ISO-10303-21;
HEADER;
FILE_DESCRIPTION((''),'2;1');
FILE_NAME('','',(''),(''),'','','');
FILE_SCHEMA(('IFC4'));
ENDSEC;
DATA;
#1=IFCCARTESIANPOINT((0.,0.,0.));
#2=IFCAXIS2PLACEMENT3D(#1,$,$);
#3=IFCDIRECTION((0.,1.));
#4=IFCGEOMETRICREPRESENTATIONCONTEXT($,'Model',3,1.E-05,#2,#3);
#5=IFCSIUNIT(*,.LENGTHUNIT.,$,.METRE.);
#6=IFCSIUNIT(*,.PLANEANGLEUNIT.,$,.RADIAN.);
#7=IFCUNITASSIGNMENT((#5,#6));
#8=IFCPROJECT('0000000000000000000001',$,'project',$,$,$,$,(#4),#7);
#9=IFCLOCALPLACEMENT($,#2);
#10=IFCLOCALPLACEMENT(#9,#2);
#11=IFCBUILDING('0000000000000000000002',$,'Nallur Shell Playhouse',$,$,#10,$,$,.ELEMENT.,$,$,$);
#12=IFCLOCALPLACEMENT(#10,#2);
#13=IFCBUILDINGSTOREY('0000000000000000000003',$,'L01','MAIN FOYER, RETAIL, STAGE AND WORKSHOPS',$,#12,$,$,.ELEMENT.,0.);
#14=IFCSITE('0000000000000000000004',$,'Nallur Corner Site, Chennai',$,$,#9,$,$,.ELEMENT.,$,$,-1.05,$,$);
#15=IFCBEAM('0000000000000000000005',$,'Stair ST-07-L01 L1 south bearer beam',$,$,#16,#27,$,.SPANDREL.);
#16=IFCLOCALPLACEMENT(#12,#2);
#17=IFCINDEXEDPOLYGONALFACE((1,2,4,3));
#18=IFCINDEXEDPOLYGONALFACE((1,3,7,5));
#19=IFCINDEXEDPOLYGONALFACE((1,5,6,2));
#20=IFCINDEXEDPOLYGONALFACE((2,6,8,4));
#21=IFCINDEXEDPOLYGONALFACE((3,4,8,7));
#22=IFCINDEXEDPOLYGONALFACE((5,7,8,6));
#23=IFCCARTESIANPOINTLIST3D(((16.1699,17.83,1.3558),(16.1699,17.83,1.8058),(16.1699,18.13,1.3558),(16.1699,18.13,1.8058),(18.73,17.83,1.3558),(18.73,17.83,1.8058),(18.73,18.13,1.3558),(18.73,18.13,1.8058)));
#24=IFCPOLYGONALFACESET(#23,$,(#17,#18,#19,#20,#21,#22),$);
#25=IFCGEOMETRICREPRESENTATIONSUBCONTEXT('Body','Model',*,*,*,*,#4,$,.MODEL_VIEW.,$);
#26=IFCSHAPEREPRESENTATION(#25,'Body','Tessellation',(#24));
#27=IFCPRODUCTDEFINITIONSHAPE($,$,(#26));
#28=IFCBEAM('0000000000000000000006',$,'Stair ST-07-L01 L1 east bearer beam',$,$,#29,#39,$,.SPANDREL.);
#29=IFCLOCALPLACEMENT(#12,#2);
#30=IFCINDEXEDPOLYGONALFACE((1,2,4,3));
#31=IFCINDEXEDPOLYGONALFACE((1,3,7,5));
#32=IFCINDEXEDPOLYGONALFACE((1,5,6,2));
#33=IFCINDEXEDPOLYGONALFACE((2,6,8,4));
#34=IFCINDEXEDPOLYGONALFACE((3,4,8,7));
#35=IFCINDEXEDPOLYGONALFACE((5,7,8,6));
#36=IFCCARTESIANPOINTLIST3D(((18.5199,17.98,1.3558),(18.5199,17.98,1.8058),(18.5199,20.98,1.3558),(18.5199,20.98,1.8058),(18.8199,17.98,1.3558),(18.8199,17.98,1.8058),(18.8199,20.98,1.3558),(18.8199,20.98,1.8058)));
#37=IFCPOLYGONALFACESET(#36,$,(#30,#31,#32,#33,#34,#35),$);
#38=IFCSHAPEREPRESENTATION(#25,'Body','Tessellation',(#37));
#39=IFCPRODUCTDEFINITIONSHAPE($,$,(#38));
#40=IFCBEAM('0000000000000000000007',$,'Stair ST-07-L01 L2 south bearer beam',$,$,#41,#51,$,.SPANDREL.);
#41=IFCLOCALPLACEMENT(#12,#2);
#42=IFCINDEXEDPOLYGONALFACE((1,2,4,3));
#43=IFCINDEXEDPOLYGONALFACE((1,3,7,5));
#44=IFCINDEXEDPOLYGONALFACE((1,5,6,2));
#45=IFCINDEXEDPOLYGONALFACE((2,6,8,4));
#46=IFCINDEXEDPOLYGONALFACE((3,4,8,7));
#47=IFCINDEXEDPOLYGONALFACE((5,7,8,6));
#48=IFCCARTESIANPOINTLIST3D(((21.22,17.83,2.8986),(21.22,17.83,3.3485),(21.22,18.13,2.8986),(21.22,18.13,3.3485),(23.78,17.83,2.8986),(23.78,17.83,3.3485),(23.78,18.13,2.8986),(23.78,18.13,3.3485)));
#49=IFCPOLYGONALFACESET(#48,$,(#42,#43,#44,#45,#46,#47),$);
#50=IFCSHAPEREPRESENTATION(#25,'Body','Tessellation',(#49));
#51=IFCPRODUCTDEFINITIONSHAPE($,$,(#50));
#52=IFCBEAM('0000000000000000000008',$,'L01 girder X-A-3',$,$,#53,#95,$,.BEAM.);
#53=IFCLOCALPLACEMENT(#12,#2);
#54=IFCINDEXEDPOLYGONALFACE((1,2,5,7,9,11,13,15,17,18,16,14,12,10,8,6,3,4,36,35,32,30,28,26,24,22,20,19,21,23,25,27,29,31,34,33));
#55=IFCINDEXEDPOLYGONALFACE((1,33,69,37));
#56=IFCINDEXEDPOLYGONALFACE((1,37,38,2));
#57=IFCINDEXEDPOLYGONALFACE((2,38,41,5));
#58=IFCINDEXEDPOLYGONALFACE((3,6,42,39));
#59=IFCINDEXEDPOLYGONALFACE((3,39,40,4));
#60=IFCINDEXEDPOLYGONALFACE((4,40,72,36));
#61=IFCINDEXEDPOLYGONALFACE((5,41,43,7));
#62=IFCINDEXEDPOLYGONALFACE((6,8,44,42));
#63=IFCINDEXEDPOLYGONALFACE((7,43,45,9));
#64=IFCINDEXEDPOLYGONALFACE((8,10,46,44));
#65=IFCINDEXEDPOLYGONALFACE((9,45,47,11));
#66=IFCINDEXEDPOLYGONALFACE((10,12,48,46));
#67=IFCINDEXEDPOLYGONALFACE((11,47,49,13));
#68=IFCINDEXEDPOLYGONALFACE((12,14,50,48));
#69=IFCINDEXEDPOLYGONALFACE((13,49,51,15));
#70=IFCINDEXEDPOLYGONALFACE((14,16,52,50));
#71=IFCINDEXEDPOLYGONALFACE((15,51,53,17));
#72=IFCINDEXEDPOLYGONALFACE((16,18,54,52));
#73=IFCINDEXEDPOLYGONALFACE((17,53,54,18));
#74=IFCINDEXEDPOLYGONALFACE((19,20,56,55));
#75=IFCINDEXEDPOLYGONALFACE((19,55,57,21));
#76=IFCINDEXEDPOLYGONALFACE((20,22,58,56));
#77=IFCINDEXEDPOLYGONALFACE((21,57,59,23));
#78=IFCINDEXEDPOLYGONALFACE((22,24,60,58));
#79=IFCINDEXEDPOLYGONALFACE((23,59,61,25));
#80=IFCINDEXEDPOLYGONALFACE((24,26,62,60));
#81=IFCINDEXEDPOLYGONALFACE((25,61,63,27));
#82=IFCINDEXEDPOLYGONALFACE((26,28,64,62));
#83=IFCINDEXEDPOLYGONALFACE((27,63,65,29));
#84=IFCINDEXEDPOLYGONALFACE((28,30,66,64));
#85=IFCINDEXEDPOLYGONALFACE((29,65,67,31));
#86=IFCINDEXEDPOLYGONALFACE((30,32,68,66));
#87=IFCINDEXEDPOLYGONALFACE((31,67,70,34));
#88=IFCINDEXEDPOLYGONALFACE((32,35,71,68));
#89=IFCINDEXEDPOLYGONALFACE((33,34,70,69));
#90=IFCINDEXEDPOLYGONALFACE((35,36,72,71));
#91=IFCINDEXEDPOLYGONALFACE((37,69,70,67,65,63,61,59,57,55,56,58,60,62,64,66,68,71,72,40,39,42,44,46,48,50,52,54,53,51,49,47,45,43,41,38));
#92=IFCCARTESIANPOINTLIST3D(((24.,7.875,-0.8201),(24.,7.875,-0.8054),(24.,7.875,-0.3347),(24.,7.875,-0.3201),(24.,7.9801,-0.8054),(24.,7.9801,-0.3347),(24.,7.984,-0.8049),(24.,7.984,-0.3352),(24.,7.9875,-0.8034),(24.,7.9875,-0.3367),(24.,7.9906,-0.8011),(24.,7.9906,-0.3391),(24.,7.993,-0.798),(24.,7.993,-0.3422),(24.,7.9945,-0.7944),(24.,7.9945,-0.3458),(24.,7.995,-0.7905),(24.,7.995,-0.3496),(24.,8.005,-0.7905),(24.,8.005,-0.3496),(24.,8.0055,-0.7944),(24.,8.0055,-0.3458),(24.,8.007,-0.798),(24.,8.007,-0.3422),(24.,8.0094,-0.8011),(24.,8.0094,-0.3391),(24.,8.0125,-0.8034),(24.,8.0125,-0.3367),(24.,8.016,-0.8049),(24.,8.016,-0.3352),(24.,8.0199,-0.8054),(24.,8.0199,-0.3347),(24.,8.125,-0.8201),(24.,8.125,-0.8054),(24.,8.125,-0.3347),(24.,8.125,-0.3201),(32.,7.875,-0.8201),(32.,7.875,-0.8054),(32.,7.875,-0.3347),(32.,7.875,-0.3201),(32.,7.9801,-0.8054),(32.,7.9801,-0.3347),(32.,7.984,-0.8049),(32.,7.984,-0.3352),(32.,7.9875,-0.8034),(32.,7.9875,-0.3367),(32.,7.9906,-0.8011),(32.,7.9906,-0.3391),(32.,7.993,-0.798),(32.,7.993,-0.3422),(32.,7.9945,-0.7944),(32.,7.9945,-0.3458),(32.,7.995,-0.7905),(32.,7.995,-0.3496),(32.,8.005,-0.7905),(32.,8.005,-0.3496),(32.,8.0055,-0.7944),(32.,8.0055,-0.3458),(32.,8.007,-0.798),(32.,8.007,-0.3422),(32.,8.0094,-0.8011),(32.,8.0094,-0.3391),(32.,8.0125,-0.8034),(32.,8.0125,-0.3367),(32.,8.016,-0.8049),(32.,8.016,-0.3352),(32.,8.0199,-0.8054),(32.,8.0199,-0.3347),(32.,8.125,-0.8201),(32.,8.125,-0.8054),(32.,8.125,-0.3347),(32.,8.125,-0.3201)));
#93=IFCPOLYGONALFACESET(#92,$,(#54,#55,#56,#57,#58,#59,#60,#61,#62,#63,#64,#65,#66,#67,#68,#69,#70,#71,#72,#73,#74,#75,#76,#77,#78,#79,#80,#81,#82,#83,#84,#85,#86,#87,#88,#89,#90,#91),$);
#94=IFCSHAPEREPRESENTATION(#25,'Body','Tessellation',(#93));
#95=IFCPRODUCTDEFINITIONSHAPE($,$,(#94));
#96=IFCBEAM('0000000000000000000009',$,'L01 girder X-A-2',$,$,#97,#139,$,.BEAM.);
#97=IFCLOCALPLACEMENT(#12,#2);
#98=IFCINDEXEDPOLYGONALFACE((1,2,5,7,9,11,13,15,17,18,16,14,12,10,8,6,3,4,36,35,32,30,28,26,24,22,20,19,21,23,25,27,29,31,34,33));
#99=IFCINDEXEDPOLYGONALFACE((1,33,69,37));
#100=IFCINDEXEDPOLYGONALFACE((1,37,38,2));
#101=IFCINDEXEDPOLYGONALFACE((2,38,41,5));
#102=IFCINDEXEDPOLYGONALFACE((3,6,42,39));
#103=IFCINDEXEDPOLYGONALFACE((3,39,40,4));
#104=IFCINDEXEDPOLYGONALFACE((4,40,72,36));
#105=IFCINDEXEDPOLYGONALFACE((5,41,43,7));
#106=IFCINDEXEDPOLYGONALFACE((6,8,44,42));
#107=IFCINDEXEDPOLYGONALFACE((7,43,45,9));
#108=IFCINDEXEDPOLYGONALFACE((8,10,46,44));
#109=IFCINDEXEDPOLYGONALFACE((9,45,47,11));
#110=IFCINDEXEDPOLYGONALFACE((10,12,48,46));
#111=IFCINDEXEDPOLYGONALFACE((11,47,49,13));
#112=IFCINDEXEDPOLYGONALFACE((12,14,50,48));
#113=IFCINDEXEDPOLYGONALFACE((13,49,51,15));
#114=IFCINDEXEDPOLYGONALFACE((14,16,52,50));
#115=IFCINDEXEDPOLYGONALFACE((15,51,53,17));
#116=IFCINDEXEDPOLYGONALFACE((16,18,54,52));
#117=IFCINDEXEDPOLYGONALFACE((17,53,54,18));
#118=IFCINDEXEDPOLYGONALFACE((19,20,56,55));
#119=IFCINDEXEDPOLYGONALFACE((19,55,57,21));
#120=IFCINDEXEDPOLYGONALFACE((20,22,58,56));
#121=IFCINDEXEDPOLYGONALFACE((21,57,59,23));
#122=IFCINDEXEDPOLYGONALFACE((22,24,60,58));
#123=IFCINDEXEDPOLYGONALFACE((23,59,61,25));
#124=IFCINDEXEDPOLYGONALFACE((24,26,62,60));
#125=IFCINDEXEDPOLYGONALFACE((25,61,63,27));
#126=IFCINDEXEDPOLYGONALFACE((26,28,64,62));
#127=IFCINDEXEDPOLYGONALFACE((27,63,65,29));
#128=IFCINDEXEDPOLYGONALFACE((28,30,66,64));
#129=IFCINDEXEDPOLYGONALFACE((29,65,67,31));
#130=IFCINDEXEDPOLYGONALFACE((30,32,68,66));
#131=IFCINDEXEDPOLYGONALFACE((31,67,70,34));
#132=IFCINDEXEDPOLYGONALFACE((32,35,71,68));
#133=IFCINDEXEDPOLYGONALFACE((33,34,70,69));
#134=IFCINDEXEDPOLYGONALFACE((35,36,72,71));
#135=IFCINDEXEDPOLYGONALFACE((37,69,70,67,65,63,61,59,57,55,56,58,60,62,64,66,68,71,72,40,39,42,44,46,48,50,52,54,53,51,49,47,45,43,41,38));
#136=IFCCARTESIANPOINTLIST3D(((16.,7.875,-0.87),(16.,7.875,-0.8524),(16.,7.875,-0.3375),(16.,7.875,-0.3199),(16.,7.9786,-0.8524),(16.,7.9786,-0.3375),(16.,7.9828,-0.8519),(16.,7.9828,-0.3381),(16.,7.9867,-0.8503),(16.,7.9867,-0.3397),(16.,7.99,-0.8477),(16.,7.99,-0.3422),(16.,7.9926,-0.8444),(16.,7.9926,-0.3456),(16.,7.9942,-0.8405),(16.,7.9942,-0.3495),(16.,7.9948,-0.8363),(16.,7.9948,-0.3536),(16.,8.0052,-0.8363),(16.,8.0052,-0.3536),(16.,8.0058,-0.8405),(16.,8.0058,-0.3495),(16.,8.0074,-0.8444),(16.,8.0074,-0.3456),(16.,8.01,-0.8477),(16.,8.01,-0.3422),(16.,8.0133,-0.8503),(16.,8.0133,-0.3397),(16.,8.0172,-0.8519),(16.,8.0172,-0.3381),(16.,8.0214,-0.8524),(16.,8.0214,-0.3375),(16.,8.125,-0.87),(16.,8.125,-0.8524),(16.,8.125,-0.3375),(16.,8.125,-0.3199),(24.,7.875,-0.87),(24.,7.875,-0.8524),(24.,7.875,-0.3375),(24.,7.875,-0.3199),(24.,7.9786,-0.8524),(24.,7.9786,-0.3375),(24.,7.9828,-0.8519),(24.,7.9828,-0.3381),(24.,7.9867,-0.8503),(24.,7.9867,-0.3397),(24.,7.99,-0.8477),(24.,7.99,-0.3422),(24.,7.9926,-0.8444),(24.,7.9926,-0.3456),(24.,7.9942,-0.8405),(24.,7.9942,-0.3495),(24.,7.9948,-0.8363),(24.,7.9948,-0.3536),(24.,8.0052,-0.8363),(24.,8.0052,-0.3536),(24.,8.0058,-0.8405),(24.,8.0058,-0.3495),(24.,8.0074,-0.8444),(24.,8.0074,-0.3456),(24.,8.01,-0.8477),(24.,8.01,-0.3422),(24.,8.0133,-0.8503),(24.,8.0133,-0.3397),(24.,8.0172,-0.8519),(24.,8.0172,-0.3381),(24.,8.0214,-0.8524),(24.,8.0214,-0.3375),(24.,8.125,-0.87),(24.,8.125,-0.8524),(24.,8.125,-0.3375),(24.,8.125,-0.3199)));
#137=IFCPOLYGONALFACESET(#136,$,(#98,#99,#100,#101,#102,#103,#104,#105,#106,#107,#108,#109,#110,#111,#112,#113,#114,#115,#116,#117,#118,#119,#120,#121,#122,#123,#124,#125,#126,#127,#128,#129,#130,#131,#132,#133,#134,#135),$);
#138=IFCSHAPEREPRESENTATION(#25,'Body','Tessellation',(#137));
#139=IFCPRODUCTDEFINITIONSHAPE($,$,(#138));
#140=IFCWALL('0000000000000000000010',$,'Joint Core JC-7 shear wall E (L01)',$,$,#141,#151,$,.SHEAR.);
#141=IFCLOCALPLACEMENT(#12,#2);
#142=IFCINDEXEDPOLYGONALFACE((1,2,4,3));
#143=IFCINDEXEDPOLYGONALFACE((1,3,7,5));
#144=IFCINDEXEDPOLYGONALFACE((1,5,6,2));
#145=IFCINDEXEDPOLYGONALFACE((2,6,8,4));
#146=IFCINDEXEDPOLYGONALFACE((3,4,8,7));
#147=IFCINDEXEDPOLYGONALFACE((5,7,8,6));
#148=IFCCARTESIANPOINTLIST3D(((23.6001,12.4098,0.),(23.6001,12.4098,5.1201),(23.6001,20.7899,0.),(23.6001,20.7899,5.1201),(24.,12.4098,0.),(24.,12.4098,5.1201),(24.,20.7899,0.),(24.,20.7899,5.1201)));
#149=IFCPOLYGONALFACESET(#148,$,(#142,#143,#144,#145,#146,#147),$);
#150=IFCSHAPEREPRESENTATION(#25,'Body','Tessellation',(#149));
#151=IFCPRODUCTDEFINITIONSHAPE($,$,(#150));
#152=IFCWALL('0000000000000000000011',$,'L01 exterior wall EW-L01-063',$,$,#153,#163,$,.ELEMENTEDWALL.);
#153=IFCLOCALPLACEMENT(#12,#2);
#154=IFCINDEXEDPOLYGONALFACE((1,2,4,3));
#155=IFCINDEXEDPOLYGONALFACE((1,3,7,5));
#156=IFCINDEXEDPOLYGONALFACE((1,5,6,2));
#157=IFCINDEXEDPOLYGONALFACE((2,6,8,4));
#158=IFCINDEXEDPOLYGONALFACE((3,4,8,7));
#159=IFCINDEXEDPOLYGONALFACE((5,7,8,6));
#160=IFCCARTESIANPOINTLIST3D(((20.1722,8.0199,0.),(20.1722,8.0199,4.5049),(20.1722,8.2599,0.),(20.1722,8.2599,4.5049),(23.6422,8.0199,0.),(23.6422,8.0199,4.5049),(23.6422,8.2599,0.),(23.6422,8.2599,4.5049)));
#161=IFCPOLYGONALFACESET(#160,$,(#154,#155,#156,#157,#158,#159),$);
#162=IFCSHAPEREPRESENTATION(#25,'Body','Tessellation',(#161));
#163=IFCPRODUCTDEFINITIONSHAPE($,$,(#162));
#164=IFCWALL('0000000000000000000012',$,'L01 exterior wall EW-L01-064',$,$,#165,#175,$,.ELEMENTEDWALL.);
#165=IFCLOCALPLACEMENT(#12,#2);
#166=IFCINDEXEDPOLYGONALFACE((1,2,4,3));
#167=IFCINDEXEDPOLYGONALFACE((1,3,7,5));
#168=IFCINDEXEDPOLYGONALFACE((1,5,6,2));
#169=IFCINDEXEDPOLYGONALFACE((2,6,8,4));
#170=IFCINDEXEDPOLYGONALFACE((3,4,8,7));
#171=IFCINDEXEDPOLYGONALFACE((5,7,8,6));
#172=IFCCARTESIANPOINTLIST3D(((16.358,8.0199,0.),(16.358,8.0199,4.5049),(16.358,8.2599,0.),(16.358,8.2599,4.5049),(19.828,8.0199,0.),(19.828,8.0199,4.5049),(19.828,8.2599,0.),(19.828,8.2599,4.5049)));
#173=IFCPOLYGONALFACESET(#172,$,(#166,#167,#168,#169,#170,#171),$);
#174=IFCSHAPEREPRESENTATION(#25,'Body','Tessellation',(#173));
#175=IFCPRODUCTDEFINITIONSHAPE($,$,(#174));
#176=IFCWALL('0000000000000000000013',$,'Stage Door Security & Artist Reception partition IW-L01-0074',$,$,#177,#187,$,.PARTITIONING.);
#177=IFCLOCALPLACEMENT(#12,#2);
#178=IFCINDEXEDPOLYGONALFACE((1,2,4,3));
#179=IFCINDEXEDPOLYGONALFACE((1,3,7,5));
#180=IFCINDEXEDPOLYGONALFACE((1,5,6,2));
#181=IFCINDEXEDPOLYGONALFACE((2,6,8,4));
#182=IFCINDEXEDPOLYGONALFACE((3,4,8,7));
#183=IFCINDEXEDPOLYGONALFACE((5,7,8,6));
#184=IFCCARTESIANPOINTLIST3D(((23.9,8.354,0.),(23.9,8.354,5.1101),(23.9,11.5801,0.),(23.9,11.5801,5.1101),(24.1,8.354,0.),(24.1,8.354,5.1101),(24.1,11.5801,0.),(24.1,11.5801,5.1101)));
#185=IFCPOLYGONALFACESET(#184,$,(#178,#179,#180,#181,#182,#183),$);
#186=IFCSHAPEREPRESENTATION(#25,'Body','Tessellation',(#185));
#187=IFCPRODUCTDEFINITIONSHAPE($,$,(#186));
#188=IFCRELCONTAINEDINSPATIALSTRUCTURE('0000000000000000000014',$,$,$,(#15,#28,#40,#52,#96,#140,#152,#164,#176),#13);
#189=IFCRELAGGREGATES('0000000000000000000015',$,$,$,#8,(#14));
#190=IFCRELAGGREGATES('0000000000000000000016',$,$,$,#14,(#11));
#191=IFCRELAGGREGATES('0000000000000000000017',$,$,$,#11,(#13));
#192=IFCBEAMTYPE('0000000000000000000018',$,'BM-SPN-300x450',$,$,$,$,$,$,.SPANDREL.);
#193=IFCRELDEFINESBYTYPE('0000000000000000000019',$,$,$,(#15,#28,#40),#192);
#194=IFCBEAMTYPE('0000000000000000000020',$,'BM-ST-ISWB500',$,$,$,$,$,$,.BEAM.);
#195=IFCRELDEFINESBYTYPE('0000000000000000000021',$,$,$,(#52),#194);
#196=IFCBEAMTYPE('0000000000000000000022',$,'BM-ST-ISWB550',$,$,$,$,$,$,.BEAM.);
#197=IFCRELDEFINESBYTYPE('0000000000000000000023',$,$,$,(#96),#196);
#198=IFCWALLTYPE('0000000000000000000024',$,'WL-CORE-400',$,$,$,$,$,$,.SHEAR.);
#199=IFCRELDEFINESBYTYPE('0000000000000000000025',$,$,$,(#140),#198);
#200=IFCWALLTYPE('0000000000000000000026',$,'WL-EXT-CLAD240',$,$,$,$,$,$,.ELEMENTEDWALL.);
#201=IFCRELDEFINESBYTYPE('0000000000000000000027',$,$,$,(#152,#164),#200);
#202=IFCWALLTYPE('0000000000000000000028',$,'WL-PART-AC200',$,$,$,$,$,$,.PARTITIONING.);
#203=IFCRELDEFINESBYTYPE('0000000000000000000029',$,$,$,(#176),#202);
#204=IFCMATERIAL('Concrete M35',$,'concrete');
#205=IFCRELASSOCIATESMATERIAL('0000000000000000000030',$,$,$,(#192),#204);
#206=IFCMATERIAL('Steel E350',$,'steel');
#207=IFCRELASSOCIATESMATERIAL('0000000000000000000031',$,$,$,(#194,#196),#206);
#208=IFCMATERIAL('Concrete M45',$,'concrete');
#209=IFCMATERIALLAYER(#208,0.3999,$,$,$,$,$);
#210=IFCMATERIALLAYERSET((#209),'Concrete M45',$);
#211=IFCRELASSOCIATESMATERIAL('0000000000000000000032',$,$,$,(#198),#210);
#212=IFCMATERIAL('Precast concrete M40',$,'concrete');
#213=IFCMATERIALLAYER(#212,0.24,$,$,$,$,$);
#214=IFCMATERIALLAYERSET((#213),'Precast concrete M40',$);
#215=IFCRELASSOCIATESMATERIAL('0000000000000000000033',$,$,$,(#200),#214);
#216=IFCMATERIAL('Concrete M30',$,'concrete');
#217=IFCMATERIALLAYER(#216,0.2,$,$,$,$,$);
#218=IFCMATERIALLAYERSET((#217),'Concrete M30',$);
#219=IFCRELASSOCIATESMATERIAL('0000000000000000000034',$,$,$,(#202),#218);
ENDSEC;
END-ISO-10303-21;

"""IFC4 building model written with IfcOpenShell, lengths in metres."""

from ifc_helpers import new_model, si_unit, direction, frame, frame_2d, origin, origin_2d, place, context, subcontext, project, spatial, rectangle, i_section, extrude, material, layer, layer_set, material_profile, profile_set, type_object, element, save


model = new_model("IFC4")

# Units and contexts
model_context = context("Model", 3, precision=1e-05, world=origin(), true_north=direction((0.0, 1.0)))
body_context = subcontext(model_context, "Body", "Model", "MODEL_VIEW")
ifc_project = project(units=[si_unit("LENGTHUNIT", "METRE"), si_unit("PLANEANGLEUNIT", "RADIAN")], contexts=[model_context])

# Site, building, storey
site_placement = place(None, origin())
site = spatial("IfcSite", under=ifc_project, at=site_placement, Name="Nallur Corner Site, Chennai", CompositionType="ELEMENT", RefElevation=-1.05)
building_placement = place(site_placement, origin())
building = spatial("IfcBuilding", under=site, at=building_placement, Name="Nallur Shell Playhouse", CompositionType="ELEMENT")
storey_placement = place(building_placement, origin())
storey = spatial("IfcBuildingStorey", under=building, at=storey_placement, Name="L01", Description="MAIN FOYER, RETAIL, STAGE AND WORKSHOPS", CompositionType="ELEMENT", Elevation=0.0)

# Shared definitions
ifc_material_1 = material(Name="Concrete M35", Category="concrete")
ifc_material_2 = material(Name="Steel E350", Category="steel")

# Beams
ifc_material_profile_1 = material_profile(ifc_material_1, rectangle(XDim=0.3, YDim=0.45, at=origin_2d()), Name="RC 300x450")
ifc_profile_set_1 = profile_set([ifc_material_profile_1], Name="Concrete M35")
beam_type_1 = type_object("IfcBeamType", Name="BM-SPN-300x450", PredefinedType="SPANDREL", material=ifc_profile_set_1)
beam_1_placement = place(storey_placement, frame((16.1699, 17.98, 1.5808), z_axis=(1.0, 0.0, 0.0), x_axis=(0.0, 1.0, 0.0)))
element("IfcBeam", 1, at=beam_1_placement, inside=storey, type_object=beam_type_1, Name="Stair ST-07-L01 L1 south bearer beam", PredefinedType="SPANDREL", context=body_context, shape_type="SweptSolid", body=[
    extrude(rectangle(XDim=0.3, YDim=0.45, at=origin_2d()), origin(), (0.0, 0.0, 1.0), 2.5601),
])
beam_2_placement = place(storey_placement, frame((18.6699, 17.98, 1.5808), z_axis=(0.0, 1.0, 0.0), x_axis=(-1.0, 0.0, 0.0)))
element("IfcBeam", 2, at=beam_2_placement, inside=storey, type_object=beam_type_1, Name="Stair ST-07-L01 L1 east bearer beam", PredefinedType="SPANDREL", context=body_context, shape_type="SweptSolid", body=[
    extrude(rectangle(XDim=0.3, YDim=0.45, at=origin_2d()), origin(), (0.0, 0.0, 1.0), 3.0),
])
beam_3_placement = place(storey_placement, frame((21.22, 17.98, 3.1235), z_axis=(1.0, 0.0, 0.0), x_axis=(0.0, 1.0, 0.0)))
element("IfcBeam", 3, at=beam_3_placement, inside=storey, type_object=beam_type_1, Name="Stair ST-07-L01 L2 south bearer beam", PredefinedType="SPANDREL", context=body_context, shape_type="SweptSolid", body=[
    extrude(rectangle(XDim=0.3, YDim=0.45, at=origin_2d()), origin(), (0.0, 0.0, 1.0), 2.5601),
])
ifc_material_profile_2 = material_profile(ifc_material_2, i_section(OverallWidth=0.25, OverallDepth=0.5, WebThickness=0.01, FlangeThickness=0.0146, FilletRadius=0.0149, at=origin_2d()), Name="ISWB 500")
ifc_profile_set_2 = profile_set([ifc_material_profile_2], Name="Steel E350")
beam_type_2 = type_object("IfcBeamType", Name="BM-ST-ISWB500", PredefinedType="BEAM", material=ifc_profile_set_2)
beam_4_placement = place(storey_placement, frame((24.0, 8.0, -0.5701), z_axis=(1.0, 0.0, 0.0), x_axis=(0.0, 1.0, 0.0)))
element("IfcBeam", 4, at=beam_4_placement, inside=storey, type_object=beam_type_2, Name="L01 girder X-A-3", PredefinedType="BEAM", context=body_context, shape_type="SweptSolid", body=[
    extrude(i_section(OverallWidth=0.25, OverallDepth=0.5, WebThickness=0.01, FlangeThickness=0.0146, FilletRadius=0.0149, at=origin_2d()), origin(), (0.0, 0.0, 1.0), 8.0),
])
ifc_material_profile_3 = material_profile(ifc_material_2, i_section(OverallWidth=0.25, OverallDepth=0.55, WebThickness=0.0105, FlangeThickness=0.0176, FilletRadius=0.0161, at=origin_2d()), Name="ISWB 550")
ifc_profile_set_3 = profile_set([ifc_material_profile_3], Name="Steel E350")
beam_type_3 = type_object("IfcBeamType", Name="BM-ST-ISWB550", PredefinedType="BEAM", material=ifc_profile_set_3)
beam_5_placement = place(storey_placement, frame((16.0, 8.0, -0.595), z_axis=(1.0, 0.0, 0.0), x_axis=(0.0, 1.0, 0.0)))
element("IfcBeam", 5, at=beam_5_placement, inside=storey, type_object=beam_type_3, Name="L01 girder X-A-2", PredefinedType="BEAM", context=body_context, shape_type="SweptSolid", body=[
    extrude(i_section(OverallWidth=0.25, OverallDepth=0.55, WebThickness=0.0105, FlangeThickness=0.0176, FilletRadius=0.0161, at=origin_2d()), origin(), (0.0, 0.0, 1.0), 8.0),
])

# Shared definitions
ifc_material_3 = material(Name="Concrete M45", Category="concrete")
ifc_layer_1 = layer(ifc_material_3, 0.3999)
ifc_layer_set_1 = layer_set([ifc_layer_1], Name="Concrete M45")
wall_type_1 = type_object("IfcWallType", Name="WL-CORE-400", PredefinedType="SHEAR", material=ifc_layer_set_1)

# Walls
wall_1_placement = place(storey_placement, frame((23.8, 12.4099, 0.0), z_axis=(0.0, 0.0, 1.0), x_axis=(0.0, 1.0, 0.0)))
element("IfcWall", 6, at=wall_1_placement, inside=storey, type_object=wall_type_1, Name="Joint Core JC-7 shear wall E (L01)", PredefinedType="SHEAR", context=body_context, shape_type="SweptSolid", body=[
    extrude(rectangle(XDim=8.3801, YDim=0.3999, at=frame_2d((4.1899, 0.0))), origin(), (0.0, 0.0, 1.0), 5.1201),
])
ifc_material_4 = material(Name="Precast concrete M40", Category="concrete")
ifc_layer_2 = layer(ifc_material_4, 0.24)
ifc_layer_set_2 = layer_set([ifc_layer_2], Name="Precast concrete M40")
wall_type_2 = type_object("IfcWallType", Name="WL-EXT-CLAD240", PredefinedType="ELEMENTEDWALL", material=ifc_layer_set_2)
for number, where, z_axis, x_axis, name in (
    (7, (23.6421, 8.1399, 0.0), (0.0, 0.0, 1.0), (-1.0, 0.0, 0.0), "L01 exterior wall EW-L01-063"),
    (8, (19.8279, 8.1399, 0.0), (0.0, 0.0, 1.0), (-1.0, 0.0, 0.0), "L01 exterior wall EW-L01-064"),
):
    element("IfcWall", number, at=place(storey_placement, frame(where, z_axis=z_axis, x_axis=x_axis)), inside=storey, type_object=wall_type_2, Name=name, PredefinedType="ELEMENTEDWALL", context=body_context, shape_type="SweptSolid", body=[
        extrude(rectangle(XDim=3.47, YDim=0.24, at=frame_2d((1.7349, 0.0))), origin(), (0.0, 0.0, 1.0), 4.5049),
    ])
ifc_material_5 = material(Name="Concrete M30", Category="concrete")
ifc_layer_3 = layer(ifc_material_5, 0.2)
ifc_layer_set_3 = layer_set([ifc_layer_3], Name="Concrete M30")
wall_type_3 = type_object("IfcWallType", Name="WL-PART-AC200", PredefinedType="PARTITIONING", material=ifc_layer_set_3)
wall_2_placement = place(storey_placement, frame((24.0, 11.5801, 0.0), z_axis=(0.0, 0.0, 1.0), x_axis=(0.0, -1.0, 0.0)))
element("IfcWall", 9, at=wall_2_placement, inside=storey, type_object=wall_type_3, Name="Stage Door Security & Artist Reception partition IW-L01-0074", PredefinedType="PARTITIONING", context=body_context, shape_type="SweptSolid", body=[
    extrude(rectangle(XDim=3.2261, YDim=0.2, at=frame_2d((1.613, 0.0))), origin(), (0.0, 0.0, 1.0), 5.1101),
])

save(model, "model.ifc")
